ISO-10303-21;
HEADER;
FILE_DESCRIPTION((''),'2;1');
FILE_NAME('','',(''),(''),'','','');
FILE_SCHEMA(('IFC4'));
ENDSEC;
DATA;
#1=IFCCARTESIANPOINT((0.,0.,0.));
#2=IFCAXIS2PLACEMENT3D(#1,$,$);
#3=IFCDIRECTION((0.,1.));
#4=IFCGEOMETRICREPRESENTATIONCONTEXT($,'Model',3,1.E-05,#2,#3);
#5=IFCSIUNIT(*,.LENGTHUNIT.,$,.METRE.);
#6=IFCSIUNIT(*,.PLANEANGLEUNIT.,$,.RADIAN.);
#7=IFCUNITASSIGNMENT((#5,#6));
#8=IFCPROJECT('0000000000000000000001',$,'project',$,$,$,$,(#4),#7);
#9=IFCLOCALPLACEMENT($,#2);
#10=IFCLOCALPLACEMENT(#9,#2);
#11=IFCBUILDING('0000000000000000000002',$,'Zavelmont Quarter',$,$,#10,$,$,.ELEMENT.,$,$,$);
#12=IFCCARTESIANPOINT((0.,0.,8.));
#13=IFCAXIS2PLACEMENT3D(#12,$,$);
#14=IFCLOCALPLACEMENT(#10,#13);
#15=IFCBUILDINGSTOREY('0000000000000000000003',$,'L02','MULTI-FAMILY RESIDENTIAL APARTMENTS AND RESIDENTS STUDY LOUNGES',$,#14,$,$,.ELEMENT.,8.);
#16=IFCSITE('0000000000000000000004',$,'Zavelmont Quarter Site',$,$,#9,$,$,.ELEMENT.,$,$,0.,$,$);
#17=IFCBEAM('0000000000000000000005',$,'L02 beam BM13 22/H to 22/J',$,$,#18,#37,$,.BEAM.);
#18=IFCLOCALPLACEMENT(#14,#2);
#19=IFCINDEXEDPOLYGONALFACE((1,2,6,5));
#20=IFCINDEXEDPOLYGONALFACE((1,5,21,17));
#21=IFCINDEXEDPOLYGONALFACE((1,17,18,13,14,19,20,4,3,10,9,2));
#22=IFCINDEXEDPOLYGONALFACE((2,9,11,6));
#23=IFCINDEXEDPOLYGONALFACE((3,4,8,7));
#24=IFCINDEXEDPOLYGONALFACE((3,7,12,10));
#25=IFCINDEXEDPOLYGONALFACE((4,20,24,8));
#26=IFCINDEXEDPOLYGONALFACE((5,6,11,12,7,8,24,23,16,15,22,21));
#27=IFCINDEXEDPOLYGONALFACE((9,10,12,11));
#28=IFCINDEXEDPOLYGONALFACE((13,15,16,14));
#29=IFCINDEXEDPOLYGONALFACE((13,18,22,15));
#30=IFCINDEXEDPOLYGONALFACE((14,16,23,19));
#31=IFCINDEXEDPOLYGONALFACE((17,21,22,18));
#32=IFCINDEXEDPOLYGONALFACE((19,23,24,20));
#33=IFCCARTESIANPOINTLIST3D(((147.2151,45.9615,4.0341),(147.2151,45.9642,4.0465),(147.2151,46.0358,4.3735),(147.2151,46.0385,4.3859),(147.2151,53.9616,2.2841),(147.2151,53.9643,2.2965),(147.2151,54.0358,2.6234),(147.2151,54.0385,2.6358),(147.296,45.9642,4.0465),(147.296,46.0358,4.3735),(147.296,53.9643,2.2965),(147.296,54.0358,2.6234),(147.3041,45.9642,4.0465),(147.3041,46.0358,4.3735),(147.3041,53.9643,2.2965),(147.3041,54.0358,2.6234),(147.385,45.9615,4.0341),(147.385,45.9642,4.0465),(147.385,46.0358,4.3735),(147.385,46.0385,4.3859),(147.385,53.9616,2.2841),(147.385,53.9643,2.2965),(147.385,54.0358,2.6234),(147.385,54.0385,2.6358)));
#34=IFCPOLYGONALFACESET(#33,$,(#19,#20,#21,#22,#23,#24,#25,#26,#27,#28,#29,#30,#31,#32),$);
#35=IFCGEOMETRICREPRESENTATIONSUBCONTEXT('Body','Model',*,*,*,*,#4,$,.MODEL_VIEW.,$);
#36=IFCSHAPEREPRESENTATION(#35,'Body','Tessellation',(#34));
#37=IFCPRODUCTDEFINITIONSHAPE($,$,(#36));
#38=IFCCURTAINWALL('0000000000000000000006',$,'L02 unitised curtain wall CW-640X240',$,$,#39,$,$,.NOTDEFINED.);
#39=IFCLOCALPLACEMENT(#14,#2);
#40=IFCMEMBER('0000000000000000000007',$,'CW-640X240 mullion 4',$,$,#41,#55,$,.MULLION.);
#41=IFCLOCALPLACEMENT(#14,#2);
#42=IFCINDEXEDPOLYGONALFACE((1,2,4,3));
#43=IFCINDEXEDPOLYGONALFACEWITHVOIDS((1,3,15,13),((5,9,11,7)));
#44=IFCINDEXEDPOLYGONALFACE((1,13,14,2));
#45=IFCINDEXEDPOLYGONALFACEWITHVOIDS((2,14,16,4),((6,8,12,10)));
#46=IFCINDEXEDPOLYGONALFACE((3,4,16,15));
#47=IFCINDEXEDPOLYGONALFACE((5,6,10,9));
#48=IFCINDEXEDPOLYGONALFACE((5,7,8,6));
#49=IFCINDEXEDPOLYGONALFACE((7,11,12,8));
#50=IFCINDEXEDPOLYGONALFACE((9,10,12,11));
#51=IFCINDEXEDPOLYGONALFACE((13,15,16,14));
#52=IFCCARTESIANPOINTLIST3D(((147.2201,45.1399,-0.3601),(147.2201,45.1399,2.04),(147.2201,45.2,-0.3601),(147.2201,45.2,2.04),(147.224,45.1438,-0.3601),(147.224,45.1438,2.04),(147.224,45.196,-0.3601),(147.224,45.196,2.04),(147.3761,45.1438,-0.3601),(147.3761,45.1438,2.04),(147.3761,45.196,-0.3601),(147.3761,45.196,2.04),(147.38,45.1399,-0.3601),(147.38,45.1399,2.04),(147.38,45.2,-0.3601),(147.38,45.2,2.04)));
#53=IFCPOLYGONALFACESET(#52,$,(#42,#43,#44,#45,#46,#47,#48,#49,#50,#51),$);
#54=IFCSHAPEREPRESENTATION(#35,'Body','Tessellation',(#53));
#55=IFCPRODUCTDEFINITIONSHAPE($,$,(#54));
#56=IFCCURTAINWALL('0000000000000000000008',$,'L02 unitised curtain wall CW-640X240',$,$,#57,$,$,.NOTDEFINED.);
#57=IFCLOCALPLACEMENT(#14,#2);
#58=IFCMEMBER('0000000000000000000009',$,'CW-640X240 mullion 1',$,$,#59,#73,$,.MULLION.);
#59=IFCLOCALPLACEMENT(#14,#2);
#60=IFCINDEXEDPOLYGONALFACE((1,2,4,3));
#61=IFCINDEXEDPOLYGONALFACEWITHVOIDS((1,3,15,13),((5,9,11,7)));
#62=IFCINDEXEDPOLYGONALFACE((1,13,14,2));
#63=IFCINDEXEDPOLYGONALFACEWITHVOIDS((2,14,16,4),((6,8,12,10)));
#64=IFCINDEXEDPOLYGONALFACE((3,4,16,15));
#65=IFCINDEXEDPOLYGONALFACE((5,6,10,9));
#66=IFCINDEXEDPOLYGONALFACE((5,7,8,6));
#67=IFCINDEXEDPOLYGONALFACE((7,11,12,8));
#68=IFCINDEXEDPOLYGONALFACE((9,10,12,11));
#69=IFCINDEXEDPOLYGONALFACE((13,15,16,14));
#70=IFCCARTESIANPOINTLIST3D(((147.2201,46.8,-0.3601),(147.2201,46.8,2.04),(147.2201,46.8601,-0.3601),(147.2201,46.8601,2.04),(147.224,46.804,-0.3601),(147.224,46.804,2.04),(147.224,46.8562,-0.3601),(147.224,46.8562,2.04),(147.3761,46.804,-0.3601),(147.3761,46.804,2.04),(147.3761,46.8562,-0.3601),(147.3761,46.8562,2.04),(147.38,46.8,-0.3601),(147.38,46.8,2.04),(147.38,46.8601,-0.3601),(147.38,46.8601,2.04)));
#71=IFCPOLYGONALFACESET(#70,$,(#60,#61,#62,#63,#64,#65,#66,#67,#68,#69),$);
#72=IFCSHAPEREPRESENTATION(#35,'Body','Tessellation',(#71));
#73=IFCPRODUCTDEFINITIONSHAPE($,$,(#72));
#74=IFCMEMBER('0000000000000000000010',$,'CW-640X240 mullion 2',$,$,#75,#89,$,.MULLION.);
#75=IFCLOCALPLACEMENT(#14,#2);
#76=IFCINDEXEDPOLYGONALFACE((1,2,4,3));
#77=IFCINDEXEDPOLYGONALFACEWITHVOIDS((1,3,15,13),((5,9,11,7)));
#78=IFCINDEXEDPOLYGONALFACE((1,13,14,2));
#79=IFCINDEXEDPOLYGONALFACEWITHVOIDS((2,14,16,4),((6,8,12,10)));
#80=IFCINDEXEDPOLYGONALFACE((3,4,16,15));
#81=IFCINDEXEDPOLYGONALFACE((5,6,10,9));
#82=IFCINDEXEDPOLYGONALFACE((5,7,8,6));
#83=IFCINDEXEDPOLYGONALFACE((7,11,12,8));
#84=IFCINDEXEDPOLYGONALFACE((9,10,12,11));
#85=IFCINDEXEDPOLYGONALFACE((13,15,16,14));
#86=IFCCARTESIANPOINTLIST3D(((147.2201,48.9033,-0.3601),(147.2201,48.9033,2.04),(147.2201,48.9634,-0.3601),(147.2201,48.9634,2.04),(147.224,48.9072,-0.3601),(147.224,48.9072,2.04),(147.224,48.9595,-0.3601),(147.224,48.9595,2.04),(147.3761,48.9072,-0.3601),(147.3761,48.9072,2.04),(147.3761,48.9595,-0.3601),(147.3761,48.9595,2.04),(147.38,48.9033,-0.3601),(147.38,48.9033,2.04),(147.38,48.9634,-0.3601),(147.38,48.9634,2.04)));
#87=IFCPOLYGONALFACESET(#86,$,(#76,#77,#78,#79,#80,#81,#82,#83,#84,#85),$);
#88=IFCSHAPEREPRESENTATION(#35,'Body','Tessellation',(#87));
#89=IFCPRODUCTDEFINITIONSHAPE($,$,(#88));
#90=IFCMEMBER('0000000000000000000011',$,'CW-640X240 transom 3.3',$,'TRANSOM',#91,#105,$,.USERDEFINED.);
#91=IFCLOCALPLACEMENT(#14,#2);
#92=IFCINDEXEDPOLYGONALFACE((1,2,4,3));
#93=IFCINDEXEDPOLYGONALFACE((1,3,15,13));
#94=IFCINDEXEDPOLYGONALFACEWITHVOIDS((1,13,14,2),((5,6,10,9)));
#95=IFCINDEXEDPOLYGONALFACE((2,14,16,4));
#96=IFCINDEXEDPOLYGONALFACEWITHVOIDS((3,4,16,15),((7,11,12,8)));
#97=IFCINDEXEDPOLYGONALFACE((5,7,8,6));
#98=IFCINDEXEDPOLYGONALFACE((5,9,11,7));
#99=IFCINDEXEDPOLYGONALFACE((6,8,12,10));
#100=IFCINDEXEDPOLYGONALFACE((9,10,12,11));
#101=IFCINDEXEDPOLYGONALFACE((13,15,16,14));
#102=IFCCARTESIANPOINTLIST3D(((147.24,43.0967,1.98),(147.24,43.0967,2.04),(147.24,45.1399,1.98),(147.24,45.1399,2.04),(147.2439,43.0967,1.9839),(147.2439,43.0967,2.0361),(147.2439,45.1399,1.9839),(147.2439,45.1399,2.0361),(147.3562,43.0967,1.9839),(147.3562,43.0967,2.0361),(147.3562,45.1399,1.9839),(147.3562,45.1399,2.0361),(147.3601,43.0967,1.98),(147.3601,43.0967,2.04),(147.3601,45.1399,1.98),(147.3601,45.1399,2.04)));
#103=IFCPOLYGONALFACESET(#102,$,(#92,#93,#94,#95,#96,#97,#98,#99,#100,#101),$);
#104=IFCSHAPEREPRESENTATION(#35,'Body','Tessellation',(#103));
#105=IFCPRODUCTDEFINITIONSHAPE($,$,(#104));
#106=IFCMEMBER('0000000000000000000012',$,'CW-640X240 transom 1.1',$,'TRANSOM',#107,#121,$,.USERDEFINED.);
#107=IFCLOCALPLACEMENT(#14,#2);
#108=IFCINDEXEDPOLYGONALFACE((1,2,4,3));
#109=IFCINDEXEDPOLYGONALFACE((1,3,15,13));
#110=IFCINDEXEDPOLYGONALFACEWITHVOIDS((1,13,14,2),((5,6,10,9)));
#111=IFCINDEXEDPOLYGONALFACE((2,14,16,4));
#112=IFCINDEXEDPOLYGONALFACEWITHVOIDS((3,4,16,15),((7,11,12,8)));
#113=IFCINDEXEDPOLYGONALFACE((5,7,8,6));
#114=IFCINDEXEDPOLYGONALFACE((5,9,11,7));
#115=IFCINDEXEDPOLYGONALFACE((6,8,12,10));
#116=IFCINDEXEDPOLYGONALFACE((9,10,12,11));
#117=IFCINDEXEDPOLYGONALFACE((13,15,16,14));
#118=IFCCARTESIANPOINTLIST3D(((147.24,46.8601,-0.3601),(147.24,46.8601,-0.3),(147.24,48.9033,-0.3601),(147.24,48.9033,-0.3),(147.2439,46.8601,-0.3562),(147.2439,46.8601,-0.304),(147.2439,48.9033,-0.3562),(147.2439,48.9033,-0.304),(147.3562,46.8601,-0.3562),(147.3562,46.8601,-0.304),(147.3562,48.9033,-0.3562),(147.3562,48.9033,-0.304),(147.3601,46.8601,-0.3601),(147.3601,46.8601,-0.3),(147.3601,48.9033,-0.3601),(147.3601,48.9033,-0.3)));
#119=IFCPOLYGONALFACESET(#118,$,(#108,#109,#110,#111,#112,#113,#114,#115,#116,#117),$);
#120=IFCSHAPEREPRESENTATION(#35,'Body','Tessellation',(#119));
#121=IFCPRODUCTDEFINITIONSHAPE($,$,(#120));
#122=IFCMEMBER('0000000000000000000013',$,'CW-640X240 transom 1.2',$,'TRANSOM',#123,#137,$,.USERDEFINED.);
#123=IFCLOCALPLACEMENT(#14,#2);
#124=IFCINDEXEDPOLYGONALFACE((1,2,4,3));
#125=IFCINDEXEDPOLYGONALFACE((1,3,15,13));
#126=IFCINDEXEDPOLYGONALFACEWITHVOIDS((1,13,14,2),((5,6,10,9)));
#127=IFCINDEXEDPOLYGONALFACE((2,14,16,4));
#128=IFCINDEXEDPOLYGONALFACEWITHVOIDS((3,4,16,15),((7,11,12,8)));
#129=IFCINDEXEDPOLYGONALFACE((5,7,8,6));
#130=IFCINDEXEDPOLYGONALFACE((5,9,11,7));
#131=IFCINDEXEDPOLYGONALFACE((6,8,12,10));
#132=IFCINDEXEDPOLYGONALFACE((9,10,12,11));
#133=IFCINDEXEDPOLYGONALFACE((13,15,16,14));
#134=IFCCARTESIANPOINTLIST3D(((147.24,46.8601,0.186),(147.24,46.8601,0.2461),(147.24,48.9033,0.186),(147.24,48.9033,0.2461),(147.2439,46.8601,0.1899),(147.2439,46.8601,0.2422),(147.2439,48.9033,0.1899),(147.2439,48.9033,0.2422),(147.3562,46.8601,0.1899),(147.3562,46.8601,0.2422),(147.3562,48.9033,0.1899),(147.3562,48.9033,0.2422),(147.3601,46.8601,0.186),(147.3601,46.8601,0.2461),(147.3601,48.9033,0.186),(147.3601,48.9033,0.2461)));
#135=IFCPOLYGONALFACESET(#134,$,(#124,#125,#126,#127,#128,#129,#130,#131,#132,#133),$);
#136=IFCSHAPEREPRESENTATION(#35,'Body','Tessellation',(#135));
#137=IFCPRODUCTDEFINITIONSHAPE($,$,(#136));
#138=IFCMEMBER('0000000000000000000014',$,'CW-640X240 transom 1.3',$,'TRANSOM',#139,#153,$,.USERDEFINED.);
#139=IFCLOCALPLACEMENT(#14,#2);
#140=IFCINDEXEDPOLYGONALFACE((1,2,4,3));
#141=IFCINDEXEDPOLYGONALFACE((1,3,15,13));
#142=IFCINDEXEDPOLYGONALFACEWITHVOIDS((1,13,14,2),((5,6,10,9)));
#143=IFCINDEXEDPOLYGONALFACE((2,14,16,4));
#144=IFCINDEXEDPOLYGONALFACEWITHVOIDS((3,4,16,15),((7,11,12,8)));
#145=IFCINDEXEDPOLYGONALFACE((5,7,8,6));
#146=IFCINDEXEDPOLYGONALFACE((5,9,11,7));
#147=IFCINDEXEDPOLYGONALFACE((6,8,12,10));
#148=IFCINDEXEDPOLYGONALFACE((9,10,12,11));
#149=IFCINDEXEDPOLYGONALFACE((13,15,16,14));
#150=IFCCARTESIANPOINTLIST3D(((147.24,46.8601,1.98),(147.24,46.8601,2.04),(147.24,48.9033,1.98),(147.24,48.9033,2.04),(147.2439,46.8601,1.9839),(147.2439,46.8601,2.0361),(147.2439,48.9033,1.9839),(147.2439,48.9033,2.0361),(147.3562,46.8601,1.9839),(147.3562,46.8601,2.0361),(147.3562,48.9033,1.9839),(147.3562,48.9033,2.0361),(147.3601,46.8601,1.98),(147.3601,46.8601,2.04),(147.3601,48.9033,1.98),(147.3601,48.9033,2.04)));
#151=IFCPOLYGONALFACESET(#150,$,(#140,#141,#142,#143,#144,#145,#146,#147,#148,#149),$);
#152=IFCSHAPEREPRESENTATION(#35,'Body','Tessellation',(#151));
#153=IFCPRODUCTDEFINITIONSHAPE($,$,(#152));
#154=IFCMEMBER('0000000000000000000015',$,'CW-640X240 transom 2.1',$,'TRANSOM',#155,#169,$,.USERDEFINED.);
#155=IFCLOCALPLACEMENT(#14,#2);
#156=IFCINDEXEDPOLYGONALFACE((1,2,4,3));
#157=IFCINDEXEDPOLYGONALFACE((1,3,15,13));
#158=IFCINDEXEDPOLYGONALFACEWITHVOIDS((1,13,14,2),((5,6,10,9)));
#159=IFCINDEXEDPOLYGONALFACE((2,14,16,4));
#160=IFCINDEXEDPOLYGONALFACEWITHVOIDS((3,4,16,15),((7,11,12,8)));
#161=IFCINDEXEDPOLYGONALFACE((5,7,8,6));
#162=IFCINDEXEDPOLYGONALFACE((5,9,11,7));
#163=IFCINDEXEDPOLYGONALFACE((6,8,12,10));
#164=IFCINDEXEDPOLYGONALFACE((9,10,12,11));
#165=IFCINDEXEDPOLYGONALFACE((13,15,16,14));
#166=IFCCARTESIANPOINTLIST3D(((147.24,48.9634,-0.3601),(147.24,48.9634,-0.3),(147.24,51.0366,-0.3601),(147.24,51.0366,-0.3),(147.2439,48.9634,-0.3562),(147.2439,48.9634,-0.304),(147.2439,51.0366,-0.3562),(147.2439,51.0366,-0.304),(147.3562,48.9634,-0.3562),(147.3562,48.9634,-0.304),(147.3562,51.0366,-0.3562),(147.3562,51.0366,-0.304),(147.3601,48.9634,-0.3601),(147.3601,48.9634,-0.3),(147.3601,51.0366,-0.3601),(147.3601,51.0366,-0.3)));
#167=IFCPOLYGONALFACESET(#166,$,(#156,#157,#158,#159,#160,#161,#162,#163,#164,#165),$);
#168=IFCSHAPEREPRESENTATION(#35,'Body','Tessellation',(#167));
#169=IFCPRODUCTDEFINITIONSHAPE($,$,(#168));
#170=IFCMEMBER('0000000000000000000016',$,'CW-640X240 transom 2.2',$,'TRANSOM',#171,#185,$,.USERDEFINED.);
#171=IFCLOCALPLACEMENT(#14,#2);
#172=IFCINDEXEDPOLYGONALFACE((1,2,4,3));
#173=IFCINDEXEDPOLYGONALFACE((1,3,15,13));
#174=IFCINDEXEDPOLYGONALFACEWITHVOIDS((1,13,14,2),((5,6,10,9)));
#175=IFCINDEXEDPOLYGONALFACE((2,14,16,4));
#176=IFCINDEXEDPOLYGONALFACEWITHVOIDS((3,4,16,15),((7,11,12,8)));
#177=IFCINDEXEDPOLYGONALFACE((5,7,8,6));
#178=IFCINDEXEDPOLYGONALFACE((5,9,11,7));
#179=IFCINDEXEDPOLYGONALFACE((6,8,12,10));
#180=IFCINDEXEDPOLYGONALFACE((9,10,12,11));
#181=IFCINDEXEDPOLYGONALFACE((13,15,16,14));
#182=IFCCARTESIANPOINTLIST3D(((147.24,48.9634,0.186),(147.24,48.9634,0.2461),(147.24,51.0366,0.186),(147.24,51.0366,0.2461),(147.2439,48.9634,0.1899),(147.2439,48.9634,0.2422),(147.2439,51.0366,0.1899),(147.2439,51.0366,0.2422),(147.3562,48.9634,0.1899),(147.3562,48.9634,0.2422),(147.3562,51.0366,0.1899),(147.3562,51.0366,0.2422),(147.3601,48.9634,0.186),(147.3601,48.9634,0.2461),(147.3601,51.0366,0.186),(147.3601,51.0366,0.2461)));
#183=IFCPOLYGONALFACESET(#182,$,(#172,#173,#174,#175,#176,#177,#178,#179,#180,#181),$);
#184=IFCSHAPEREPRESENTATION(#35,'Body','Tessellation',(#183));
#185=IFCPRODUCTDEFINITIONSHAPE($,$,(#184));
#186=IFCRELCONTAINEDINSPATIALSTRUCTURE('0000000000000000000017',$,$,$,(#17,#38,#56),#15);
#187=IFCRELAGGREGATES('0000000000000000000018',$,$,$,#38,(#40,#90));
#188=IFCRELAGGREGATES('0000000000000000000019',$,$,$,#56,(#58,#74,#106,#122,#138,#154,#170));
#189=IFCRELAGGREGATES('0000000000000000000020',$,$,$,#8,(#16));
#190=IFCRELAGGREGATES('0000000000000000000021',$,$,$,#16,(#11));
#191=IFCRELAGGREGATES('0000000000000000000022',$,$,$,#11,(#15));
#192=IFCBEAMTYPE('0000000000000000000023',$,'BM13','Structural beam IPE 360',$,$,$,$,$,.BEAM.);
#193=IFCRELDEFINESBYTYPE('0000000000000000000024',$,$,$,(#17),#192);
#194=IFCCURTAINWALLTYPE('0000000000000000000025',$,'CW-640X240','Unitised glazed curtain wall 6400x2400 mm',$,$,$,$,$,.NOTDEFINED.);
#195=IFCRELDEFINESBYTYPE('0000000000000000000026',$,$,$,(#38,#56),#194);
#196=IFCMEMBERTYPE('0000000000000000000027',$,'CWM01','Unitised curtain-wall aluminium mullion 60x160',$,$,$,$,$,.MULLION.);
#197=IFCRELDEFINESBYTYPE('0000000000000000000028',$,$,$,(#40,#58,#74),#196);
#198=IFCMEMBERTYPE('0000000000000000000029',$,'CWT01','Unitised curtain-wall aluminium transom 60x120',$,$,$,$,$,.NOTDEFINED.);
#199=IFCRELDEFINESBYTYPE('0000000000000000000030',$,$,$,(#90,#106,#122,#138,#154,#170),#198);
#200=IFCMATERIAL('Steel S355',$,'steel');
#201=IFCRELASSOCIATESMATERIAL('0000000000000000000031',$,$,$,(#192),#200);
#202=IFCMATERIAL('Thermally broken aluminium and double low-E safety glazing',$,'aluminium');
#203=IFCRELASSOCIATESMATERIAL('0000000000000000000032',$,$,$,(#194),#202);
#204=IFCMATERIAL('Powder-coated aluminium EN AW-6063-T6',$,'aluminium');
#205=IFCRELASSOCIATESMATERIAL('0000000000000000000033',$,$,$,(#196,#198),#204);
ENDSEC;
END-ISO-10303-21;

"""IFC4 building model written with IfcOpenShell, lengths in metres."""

from ifc_helpers import new_model, si_unit, direction, frame, origin, origin_2d, place, context, subcontext, project, spatial, hollow_rectangle, i_section, extrude, material, material_profile, profile_set, type_object, element, aggregate, save


model = new_model("IFC4")

# Units and contexts
model_context = context("Model", 3, precision=1e-05, world=origin(), true_north=direction((0.0, 1.0)))
body_context = subcontext(model_context, "Body", "Model", "MODEL_VIEW")
ifc_project = project(units=[si_unit("LENGTHUNIT", "METRE"), si_unit("PLANEANGLEUNIT", "RADIAN")], contexts=[model_context])

# Site, building, storey
site_placement = place(None, origin())
site = spatial("IfcSite", under=ifc_project, at=site_placement, Name="Zavelmont Quarter Site", CompositionType="ELEMENT", RefElevation=0.0)
building_placement = place(site_placement, origin())
building = spatial("IfcBuilding", under=site, at=building_placement, Name="Zavelmont Quarter", CompositionType="ELEMENT")
storey_placement = place(building_placement, frame((0.0, 0.0, 8.0)))
storey = spatial("IfcBuildingStorey", under=building, at=storey_placement, Name="L02", Description="MULTI-FAMILY RESIDENTIAL APARTMENTS AND RESIDENTS STUDY LOUNGES", CompositionType="ELEMENT", Elevation=8.0)

# Shared definitions
ifc_material_1 = material(Name="Steel S355", Category="steel")

# Beam
ifc_material_profile_1 = material_profile(ifc_material_1, i_section(OverallWidth=0.1699, OverallDepth=0.3601, WebThickness=0.0081, FlangeThickness=0.0127, at=origin_2d()), Name="IPE 360")
ifc_profile_set_1 = profile_set([ifc_material_profile_1], Name="Steel S355")
beam_type_1 = type_object("IfcBeamType", Name="BM13", Description="Structural beam IPE 360", PredefinedType="BEAM", material=ifc_profile_set_1)
for number, where, z_axis, x_axis, name in (
    (1, (147.3, 46.0, 4.21), (0.0, 0.9769, -0.213697), (-1.0, 0.0, 0.0), "L02 beam BM13 22/H to 22/J"),
):
    element("IfcBeam", number, at=place(storey_placement, frame(where, z_axis=z_axis, x_axis=x_axis)), inside=storey, type_object=beam_type_1, Name=name, PredefinedType="BEAM", context=body_context, shape_type="SweptSolid", body=[
        extrude(i_section(OverallWidth=0.1699, OverallDepth=0.3601, WebThickness=0.0081, FlangeThickness=0.0127, at=origin_2d()), origin(), (0.0, 0.0, 1.0), 8.1892),
    ])

# Curtain wall, member
ifc_material_2 = material(Name="Thermally broken aluminium and double low-E safety glazing", Category="aluminium")
curtain_wall_type = type_object("IfcCurtainWallType", Name="CW-640X240", Description="Unitised glazed curtain wall 6400x2400 mm", PredefinedType="NOTDEFINED", material=ifc_material_2)
curtain_wall_1_placement = place(storey_placement, origin())
curtain_wall_1 = element("IfcCurtainWall", 2, at=curtain_wall_1_placement, inside=storey, type_object=curtain_wall_type, Name="L02 unitised curtain wall CW-640X240", PredefinedType="NOTDEFINED")
ifc_material_3 = material(Name="Powder-coated aluminium EN AW-6063-T6", Category="aluminium")
ifc_material_profile_2 = material_profile(ifc_material_3, hollow_rectangle(XDim=0.0601, YDim=0.1599, WallThickness=0.0039, at=origin_2d()), Name="CWM60X160")
ifc_profile_set_2 = profile_set([ifc_material_profile_2], Name="Powder-coated aluminium EN AW-6063-T6")
member_type_1 = type_object("IfcMemberType", Name="CWM01", Description="Unitised curtain-wall aluminium mullion 60x160", PredefinedType="MULLION", material=ifc_profile_set_2)
member_1_placement = place(storey_placement, frame((147.3, 45.1699, -0.3601), z_axis=(0.0, 0.0, 1.0), x_axis=(0.0, 1.0, 0.0)))
member_1 = element("IfcMember", 3, at=member_1_placement, type_object=member_type_1, Name="CW-640X240 mullion 4", PredefinedType="MULLION", context=body_context, shape_type="SweptSolid", body=[
    extrude(hollow_rectangle(XDim=0.0601, YDim=0.1599, WallThickness=0.0039, at=origin_2d()), origin(), (0.0, 0.0, 1.0), 2.4001),
])

# Curtain wall, members
curtain_wall_2_placement = place(storey_placement, origin())
curtain_wall_2 = element("IfcCurtainWall", 4, at=curtain_wall_2_placement, inside=storey, type_object=curtain_wall_type, Name="L02 unitised curtain wall CW-640X240", PredefinedType="NOTDEFINED")
member_2_placement = place(storey_placement, frame((147.3, 46.8301, -0.3601), z_axis=(0.0, 0.0, 1.0), x_axis=(0.0, 1.0, 0.0)))
member_2 = element("IfcMember", 5, at=member_2_placement, type_object=member_type_1, Name="CW-640X240 mullion 1", PredefinedType="MULLION", context=body_context, shape_type="SweptSolid", body=[
    extrude(hollow_rectangle(XDim=0.0601, YDim=0.1599, WallThickness=0.0039, at=origin_2d()), origin(), (0.0, 0.0, 1.0), 2.4001),
])
member_3_placement = place(storey_placement, frame((147.3, 48.9333, -0.3601), z_axis=(0.0, 0.0, 1.0), x_axis=(0.0, 1.0, 0.0)))
member_3 = element("IfcMember", 6, at=member_3_placement, type_object=member_type_1, Name="CW-640X240 mullion 2", PredefinedType="MULLION", context=body_context, shape_type="SweptSolid", body=[
    extrude(hollow_rectangle(XDim=0.0601, YDim=0.1599, WallThickness=0.0039, at=origin_2d()), origin(), (0.0, 0.0, 1.0), 2.4001),
])

# Members
ifc_material_profile_3 = material_profile(ifc_material_3, hollow_rectangle(XDim=0.1201, YDim=0.0601, WallThickness=0.0039, at=origin_2d()), Name="CWT60X120")
ifc_profile_set_3 = profile_set([ifc_material_profile_3], Name="Powder-coated aluminium EN AW-6063-T6")
member_type_2 = type_object("IfcMemberType", Name="CWT01", Description="Unitised curtain-wall aluminium transom 60x120", PredefinedType="NOTDEFINED", material=ifc_profile_set_3)
member_4_placement = place(storey_placement, frame((147.3, 43.0967, 2.01), z_axis=(0.0, 1.0, 0.0), x_axis=(-1.0, 0.0, 0.0)))
member_4 = element("IfcMember", 7, at=member_4_placement, type_object=member_type_2, Name="CW-640X240 transom 3.3", ObjectType="TRANSOM", PredefinedType="USERDEFINED", context=body_context, shape_type="SweptSolid", body=[
    extrude(hollow_rectangle(XDim=0.1201, YDim=0.0601, WallThickness=0.0039, at=origin_2d()), origin(), (0.0, 0.0, 1.0), 2.0432),
])
member_5_placement = place(storey_placement, frame((147.3, 46.8601, -0.3301), z_axis=(0.0, 1.0, 0.0), x_axis=(-1.0, 0.0, 0.0)))
member_5 = element("IfcMember", 8, at=member_5_placement, type_object=member_type_2, Name="CW-640X240 transom 1.1", ObjectType="TRANSOM", PredefinedType="USERDEFINED", context=body_context, shape_type="SweptSolid", body=[
    extrude(hollow_rectangle(XDim=0.1201, YDim=0.0601, WallThickness=0.0039, at=origin_2d()), origin(), (0.0, 0.0, 1.0), 2.0432),
])
member_6_placement = place(storey_placement, frame((147.3, 46.8601, 0.2161), z_axis=(0.0, 1.0, 0.0), x_axis=(-1.0, 0.0, 0.0)))
member_6 = element("IfcMember", 9, at=member_6_placement, type_object=member_type_2, Name="CW-640X240 transom 1.2", ObjectType="TRANSOM", PredefinedType="USERDEFINED", context=body_context, shape_type="SweptSolid", body=[
    extrude(hollow_rectangle(XDim=0.1201, YDim=0.0601, WallThickness=0.0039, at=origin_2d()), origin(), (0.0, 0.0, 1.0), 2.0432),
])
member_7_placement = place(storey_placement, frame((147.3, 46.8601, 2.01), z_axis=(0.0, 1.0, 0.0), x_axis=(-1.0, 0.0, 0.0)))
member_7 = element("IfcMember", 10, at=member_7_placement, type_object=member_type_2, Name="CW-640X240 transom 1.3", ObjectType="TRANSOM", PredefinedType="USERDEFINED", context=body_context, shape_type="SweptSolid", body=[
    extrude(hollow_rectangle(XDim=0.1201, YDim=0.0601, WallThickness=0.0039, at=origin_2d()), origin(), (0.0, 0.0, 1.0), 2.0432),
])
member_8_placement = place(storey_placement, frame((147.3, 48.9634, -0.3301), z_axis=(0.0, 1.0, 0.0), x_axis=(-1.0, 0.0, 0.0)))
member_8 = element("IfcMember", 11, at=member_8_placement, type_object=member_type_2, Name="CW-640X240 transom 2.1", ObjectType="TRANSOM", PredefinedType="USERDEFINED", context=body_context, shape_type="SweptSolid", body=[
    extrude(hollow_rectangle(XDim=0.1201, YDim=0.0601, WallThickness=0.0039, at=origin_2d()), origin(), (0.0, 0.0, 1.0), 2.0732),
])
member_9_placement = place(storey_placement, frame((147.3, 48.9634, 0.2161), z_axis=(0.0, 1.0, 0.0), x_axis=(-1.0, 0.0, 0.0)))
member_9 = element("IfcMember", 12, at=member_9_placement, type_object=member_type_2, Name="CW-640X240 transom 2.2", ObjectType="TRANSOM", PredefinedType="USERDEFINED", context=body_context, shape_type="SweptSolid", body=[
    extrude(hollow_rectangle(XDim=0.1201, YDim=0.0601, WallThickness=0.0039, at=origin_2d()), origin(), (0.0, 0.0, 1.0), 2.0732),
])

aggregate(curtain_wall_1, [member_1, member_4])
aggregate(curtain_wall_2, [member_2, member_3, member_5, member_6, member_7, member_8, member_9])

save(model, "model.ifc")
